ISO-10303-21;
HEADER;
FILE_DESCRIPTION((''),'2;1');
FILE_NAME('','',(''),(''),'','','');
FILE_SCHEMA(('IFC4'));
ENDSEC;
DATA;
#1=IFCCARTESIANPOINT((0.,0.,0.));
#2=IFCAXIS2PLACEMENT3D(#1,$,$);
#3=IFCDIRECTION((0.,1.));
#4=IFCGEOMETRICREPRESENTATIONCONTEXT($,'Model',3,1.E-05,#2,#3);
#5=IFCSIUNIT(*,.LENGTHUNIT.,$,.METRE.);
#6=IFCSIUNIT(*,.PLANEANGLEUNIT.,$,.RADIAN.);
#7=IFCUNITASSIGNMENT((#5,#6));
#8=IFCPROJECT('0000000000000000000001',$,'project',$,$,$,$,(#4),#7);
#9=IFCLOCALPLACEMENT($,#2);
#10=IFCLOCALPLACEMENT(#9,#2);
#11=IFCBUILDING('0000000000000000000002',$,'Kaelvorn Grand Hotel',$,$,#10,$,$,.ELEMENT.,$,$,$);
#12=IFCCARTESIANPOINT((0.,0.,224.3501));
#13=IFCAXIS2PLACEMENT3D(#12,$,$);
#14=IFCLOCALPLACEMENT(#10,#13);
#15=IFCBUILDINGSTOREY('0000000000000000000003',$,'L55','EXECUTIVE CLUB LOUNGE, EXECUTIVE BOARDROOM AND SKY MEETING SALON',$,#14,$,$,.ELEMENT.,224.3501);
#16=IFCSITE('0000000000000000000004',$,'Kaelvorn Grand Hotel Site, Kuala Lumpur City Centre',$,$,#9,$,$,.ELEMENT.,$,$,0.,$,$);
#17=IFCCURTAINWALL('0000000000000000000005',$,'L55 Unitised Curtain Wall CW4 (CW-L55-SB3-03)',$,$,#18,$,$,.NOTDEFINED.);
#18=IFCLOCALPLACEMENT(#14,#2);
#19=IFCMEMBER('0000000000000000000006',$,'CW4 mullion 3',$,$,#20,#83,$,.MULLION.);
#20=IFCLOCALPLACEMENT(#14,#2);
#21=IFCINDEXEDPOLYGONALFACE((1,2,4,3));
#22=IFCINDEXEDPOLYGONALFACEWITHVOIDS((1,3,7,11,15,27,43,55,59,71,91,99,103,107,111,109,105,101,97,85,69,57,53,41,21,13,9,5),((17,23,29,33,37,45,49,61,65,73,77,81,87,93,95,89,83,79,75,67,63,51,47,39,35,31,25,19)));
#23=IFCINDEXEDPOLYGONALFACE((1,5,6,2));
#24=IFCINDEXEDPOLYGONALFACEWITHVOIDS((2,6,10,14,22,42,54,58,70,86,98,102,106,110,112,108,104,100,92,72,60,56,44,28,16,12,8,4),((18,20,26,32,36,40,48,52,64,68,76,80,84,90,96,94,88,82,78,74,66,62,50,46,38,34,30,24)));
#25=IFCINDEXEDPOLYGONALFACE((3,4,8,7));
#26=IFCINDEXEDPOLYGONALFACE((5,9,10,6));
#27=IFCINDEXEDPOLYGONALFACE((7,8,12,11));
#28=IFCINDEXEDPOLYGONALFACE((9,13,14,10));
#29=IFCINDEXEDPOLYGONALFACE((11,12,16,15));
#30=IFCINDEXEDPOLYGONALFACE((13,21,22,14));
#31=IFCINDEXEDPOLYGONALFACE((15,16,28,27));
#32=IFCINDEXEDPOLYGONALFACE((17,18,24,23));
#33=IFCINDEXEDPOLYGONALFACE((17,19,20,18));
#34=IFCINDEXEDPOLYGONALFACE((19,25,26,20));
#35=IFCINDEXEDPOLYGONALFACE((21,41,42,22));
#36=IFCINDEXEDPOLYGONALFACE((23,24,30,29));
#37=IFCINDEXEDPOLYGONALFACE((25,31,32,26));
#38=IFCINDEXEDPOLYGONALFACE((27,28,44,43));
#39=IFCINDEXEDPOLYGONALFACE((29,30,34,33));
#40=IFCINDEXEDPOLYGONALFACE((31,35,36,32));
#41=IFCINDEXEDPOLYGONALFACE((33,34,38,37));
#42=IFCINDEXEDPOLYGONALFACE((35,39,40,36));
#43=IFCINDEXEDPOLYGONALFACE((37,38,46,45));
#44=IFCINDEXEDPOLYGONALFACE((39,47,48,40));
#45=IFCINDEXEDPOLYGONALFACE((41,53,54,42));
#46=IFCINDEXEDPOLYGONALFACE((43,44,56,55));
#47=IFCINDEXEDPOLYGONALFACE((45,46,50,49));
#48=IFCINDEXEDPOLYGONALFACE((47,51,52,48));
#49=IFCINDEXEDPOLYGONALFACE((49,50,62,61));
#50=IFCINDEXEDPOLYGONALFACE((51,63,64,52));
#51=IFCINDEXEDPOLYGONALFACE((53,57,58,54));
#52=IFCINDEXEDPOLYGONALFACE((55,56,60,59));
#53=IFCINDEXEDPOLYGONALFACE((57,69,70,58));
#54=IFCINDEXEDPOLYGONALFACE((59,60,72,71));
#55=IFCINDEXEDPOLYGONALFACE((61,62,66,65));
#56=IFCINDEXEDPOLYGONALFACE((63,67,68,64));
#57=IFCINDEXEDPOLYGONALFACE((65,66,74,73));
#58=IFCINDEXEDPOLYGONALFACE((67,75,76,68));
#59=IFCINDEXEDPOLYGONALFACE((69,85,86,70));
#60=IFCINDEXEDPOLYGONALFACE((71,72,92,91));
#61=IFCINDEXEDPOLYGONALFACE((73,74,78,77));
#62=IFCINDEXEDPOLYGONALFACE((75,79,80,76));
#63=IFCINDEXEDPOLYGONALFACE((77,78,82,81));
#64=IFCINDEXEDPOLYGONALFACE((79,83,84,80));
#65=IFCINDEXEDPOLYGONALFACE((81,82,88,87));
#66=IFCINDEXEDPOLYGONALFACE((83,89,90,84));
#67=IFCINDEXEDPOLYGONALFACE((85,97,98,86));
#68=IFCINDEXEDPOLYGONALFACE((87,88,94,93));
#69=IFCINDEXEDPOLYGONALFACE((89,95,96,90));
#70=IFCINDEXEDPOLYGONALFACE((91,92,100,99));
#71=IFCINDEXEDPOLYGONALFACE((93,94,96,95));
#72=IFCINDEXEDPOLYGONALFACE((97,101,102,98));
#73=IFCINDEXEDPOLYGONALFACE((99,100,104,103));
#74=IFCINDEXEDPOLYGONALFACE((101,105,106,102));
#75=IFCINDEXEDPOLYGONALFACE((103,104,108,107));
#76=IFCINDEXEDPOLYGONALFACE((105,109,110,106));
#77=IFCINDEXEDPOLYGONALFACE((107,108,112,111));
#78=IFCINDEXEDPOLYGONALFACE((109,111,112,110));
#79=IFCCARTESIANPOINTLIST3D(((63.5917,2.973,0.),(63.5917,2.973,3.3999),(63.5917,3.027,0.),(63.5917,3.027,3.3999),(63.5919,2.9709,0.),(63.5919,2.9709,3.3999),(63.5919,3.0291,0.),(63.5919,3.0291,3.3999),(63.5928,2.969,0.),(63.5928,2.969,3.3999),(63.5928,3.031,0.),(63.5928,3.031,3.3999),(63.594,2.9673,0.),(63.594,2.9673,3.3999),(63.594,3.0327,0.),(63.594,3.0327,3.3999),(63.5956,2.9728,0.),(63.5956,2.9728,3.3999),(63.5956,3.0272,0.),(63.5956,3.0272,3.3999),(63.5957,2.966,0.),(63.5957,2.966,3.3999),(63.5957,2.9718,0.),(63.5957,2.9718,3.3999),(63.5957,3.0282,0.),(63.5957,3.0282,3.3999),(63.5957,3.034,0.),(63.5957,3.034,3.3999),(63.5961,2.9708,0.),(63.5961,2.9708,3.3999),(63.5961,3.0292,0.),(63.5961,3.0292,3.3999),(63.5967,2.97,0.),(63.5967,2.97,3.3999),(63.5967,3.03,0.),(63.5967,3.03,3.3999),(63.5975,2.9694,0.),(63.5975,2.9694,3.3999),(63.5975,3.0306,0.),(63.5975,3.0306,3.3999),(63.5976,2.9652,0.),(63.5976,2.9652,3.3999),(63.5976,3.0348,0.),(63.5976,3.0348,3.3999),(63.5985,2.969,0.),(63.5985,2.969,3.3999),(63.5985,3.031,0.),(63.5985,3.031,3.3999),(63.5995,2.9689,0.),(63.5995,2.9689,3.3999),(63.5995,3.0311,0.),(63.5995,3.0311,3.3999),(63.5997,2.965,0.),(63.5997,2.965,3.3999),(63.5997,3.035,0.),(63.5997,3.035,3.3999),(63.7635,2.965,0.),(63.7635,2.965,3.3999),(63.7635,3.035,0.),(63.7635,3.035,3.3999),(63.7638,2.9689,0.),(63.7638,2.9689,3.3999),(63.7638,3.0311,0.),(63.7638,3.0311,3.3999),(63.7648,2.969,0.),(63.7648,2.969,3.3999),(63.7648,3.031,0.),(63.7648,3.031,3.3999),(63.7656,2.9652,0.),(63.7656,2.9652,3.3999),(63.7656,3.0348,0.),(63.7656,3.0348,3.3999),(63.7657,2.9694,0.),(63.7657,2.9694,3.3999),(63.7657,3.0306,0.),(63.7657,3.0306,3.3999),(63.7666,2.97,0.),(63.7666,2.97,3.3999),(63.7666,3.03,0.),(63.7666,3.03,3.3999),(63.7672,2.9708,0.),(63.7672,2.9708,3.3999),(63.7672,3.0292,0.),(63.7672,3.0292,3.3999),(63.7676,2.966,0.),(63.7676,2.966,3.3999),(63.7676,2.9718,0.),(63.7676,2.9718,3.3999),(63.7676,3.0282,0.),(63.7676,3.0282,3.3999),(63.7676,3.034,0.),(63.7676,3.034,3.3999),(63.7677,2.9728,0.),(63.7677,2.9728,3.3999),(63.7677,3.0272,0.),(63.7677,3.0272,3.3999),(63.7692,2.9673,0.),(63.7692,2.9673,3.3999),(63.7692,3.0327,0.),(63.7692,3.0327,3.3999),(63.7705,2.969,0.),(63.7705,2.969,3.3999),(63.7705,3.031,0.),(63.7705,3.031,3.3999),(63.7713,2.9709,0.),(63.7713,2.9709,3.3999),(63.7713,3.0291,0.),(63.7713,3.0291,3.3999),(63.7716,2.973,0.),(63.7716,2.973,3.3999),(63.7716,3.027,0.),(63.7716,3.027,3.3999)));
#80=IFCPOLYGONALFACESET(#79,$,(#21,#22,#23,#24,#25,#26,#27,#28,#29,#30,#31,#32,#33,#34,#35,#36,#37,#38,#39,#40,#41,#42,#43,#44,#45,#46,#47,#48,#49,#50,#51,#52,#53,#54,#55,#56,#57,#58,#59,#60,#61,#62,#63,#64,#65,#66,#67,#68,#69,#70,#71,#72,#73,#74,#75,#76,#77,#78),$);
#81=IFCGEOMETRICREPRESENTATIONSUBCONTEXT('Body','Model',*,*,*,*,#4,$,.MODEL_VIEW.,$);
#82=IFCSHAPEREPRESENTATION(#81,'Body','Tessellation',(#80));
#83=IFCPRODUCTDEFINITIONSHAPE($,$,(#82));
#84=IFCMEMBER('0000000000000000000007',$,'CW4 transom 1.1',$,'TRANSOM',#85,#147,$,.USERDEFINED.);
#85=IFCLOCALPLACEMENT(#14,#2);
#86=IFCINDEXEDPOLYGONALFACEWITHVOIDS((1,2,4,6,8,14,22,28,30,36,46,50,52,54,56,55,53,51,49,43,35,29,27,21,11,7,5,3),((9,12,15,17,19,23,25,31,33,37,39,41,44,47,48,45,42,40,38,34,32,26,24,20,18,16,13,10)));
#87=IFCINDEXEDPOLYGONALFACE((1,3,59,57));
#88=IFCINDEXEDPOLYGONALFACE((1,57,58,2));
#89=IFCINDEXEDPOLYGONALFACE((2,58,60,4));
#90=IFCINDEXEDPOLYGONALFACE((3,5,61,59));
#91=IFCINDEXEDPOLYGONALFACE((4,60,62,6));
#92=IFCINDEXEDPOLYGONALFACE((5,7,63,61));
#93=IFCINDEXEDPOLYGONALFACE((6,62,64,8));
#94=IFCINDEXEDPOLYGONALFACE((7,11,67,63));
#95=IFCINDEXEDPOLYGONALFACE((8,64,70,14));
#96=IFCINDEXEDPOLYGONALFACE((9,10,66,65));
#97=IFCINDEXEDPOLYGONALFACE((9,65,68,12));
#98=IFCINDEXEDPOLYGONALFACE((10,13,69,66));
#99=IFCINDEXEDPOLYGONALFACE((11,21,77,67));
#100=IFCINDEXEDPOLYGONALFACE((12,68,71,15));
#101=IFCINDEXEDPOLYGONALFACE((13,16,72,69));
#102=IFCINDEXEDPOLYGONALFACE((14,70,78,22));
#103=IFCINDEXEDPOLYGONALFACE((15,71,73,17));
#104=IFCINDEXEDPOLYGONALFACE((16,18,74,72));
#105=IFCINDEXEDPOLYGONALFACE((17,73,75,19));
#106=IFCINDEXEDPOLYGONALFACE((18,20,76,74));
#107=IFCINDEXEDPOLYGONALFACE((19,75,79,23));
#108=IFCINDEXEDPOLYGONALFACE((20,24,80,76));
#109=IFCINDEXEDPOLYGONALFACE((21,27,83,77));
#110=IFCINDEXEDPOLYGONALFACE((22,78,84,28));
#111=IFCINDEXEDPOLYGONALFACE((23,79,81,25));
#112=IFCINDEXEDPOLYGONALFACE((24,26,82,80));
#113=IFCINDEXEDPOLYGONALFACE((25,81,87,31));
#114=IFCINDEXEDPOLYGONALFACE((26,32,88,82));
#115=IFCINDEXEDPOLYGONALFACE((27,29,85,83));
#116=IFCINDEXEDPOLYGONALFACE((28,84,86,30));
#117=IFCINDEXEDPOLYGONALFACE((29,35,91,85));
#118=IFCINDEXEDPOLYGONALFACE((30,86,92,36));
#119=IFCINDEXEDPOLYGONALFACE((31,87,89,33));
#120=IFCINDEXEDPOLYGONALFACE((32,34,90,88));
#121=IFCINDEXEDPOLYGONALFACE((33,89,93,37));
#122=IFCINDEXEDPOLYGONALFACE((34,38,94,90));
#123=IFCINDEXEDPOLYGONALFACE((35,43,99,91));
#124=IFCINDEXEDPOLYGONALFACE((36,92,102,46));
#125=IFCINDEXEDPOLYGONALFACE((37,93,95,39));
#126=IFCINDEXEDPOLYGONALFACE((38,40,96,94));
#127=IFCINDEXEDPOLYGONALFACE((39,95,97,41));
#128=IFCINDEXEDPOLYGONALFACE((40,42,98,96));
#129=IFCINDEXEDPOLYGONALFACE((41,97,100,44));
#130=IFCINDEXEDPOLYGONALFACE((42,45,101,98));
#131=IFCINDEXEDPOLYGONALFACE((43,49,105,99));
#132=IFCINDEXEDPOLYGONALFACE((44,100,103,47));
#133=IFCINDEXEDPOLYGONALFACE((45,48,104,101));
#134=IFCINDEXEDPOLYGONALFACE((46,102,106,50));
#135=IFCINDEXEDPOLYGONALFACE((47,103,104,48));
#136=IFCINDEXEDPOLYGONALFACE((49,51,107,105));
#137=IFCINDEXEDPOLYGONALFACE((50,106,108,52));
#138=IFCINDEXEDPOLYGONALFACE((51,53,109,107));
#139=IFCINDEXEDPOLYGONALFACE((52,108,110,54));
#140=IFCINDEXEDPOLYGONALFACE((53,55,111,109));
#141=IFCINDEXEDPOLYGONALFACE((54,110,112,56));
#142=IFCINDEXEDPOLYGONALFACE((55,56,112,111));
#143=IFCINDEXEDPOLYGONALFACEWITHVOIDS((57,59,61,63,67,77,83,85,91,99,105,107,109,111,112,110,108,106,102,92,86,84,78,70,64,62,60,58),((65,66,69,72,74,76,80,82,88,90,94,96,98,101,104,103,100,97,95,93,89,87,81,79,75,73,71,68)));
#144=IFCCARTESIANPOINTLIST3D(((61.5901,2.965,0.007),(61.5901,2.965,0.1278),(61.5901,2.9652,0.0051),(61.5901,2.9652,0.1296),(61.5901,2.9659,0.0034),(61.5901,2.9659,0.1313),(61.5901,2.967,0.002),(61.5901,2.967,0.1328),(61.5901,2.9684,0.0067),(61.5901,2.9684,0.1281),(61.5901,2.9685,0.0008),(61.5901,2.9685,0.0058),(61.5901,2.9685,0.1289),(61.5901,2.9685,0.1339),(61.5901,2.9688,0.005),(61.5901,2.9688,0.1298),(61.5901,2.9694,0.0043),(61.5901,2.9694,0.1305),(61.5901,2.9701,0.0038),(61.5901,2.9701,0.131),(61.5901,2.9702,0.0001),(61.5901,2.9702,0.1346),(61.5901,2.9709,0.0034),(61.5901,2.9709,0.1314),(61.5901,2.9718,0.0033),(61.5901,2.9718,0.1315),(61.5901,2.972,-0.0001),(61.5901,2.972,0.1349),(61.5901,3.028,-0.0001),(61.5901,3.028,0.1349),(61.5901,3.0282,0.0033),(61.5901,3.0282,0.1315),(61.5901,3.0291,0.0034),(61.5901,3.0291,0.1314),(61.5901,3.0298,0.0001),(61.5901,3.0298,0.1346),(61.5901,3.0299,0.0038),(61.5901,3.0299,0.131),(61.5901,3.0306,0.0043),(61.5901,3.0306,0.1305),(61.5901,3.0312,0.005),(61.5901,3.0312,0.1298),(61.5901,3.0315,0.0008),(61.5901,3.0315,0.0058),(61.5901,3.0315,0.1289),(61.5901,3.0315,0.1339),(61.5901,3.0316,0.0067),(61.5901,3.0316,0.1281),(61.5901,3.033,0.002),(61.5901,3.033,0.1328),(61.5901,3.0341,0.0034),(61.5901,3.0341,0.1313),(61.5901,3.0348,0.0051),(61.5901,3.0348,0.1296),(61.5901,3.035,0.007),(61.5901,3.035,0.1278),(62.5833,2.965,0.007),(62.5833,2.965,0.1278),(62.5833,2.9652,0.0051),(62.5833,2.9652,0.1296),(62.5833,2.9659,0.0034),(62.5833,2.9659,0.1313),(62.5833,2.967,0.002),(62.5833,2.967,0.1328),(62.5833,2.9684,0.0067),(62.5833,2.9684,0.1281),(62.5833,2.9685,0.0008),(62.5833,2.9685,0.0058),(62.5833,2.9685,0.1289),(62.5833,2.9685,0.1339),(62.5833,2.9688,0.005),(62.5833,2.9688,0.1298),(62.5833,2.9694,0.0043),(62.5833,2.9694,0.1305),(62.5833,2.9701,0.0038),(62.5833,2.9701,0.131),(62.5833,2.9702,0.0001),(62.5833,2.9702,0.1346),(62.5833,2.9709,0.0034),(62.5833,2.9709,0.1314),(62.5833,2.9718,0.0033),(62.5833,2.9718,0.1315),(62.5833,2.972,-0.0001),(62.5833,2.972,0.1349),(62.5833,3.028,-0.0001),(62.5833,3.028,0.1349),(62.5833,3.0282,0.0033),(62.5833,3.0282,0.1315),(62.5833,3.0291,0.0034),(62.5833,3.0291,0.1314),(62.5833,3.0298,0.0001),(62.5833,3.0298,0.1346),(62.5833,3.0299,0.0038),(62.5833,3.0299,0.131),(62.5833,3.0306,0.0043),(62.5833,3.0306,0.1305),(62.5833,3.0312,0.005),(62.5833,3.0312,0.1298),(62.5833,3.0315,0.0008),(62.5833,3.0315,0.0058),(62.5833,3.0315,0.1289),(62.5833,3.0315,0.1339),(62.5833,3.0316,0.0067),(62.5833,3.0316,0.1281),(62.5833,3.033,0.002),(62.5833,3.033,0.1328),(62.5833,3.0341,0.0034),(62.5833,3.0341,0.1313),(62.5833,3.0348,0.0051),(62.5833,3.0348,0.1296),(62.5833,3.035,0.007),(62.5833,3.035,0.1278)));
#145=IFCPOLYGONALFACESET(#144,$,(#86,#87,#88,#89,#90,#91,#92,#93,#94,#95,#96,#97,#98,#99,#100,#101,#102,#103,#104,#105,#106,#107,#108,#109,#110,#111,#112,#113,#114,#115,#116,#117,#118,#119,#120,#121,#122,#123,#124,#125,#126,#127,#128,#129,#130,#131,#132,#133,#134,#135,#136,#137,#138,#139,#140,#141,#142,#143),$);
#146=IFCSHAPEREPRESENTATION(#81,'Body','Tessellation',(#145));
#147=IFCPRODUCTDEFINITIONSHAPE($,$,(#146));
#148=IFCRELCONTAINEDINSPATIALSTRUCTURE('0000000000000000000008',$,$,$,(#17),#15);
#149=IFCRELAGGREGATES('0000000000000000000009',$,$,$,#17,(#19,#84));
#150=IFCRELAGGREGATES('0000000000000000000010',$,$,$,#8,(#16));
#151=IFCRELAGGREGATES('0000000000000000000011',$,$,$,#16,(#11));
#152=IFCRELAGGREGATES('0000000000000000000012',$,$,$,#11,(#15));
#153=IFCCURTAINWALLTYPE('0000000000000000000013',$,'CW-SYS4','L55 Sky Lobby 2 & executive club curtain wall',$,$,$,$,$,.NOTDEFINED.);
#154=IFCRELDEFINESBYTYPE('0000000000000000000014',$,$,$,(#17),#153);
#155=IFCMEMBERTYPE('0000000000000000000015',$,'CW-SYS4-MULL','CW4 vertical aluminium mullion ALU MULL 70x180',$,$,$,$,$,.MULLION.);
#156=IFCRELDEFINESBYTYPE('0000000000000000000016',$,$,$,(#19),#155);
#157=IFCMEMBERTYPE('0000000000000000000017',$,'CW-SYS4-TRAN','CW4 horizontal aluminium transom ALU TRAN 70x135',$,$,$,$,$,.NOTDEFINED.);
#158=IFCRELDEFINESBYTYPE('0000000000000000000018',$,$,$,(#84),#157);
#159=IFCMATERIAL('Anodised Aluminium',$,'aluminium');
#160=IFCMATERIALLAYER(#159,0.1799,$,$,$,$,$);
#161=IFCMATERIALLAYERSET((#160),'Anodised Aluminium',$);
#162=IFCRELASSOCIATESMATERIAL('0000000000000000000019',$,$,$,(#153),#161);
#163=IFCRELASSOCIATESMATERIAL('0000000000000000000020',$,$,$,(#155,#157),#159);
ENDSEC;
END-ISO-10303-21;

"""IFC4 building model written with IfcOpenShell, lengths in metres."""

from ifc_helpers import new_model, si_unit, direction, frame, origin, origin_2d, place, context, subcontext, project, spatial, hollow_rectangle, extrude, material, layer, layer_set, material_profile, profile_set, type_object, element, aggregate, save


model = new_model("IFC4")

# Units and contexts
model_context = context("Model", 3, precision=1e-05, world=origin(), true_north=direction((0.0, 1.0)))
body_context = subcontext(model_context, "Body", "Model", "MODEL_VIEW")
ifc_project = project(units=[si_unit("LENGTHUNIT", "METRE"), si_unit("PLANEANGLEUNIT", "RADIAN")], contexts=[model_context])

# Site, building, storey
site_placement = place(None, origin())
site = spatial("IfcSite", under=ifc_project, at=site_placement, Name="Kaelvorn Grand Hotel Site, Kuala Lumpur City Centre", CompositionType="ELEMENT", RefElevation=0.0)
building_placement = place(site_placement, origin())
building = spatial("IfcBuilding", under=site, at=building_placement, Name="Kaelvorn Grand Hotel", CompositionType="ELEMENT")
storey_placement = place(building_placement, frame((0.0, 0.0, 224.3501)))
storey = spatial("IfcBuildingStorey", under=building, at=storey_placement, Name="L55", Description="EXECUTIVE CLUB LOUNGE, EXECUTIVE BOARDROOM AND SKY MEETING SALON", CompositionType="ELEMENT", Elevation=224.3501)

# Shared definitions
ifc_material_1 = material(Name="Anodised Aluminium", Category="aluminium")
ifc_layer_1 = layer(ifc_material_1, 0.1799)
ifc_layer_set_1 = layer_set([ifc_layer_1], Name="Anodised Aluminium")
curtain_wall_type = type_object("IfcCurtainWallType", Name="CW-SYS4", Description="L55 Sky Lobby 2 & executive club curtain wall", PredefinedType="NOTDEFINED", material=ifc_layer_set_1)
ifc_material_profile_1 = material_profile(ifc_material_1, hollow_rectangle(XDim=0.0701, YDim=0.1799, WallThickness=0.0039, InnerFilletRadius=0.0039, OuterFilletRadius=0.0081, at=origin_2d()), Name="ALU MULL 70x180")
ifc_profile_set_1 = profile_set([ifc_material_profile_1], Name="Anodised Aluminium")
member_type_1 = type_object("IfcMemberType", Name="CW-SYS4-MULL", Description="CW4 vertical aluminium mullion ALU MULL 70x180", PredefinedType="MULLION", material=ifc_profile_set_1)

# Curtain wall, members
curtain_wall_1_placement = place(storey_placement, origin())
curtain_wall_1 = element("IfcCurtainWall", 1, at=curtain_wall_1_placement, inside=storey, type_object=curtain_wall_type, Name="L55 Unitised Curtain Wall CW4 (CW-L55-SB3-03)", PredefinedType="NOTDEFINED")
member_1_placement = place(storey_placement, frame((63.6816, 3.0, 0.0), z_axis=(0.0, 0.0, 1.0), x_axis=(0.0, 1.0, 0.0)))
member_1 = element("IfcMember", 2, at=member_1_placement, type_object=member_type_1, Name="CW4 mullion 3", PredefinedType="MULLION", context=body_context, shape_type="SweptSolid", body=[
    extrude(hollow_rectangle(XDim=0.0701, YDim=0.1799, WallThickness=0.0039, InnerFilletRadius=0.0039, OuterFilletRadius=0.0081, at=origin_2d()), origin(), (0.0, 0.0, 1.0), 3.3999),
])
ifc_material_profile_2 = material_profile(ifc_material_1, hollow_rectangle(XDim=0.0701, YDim=0.135, WallThickness=0.0034, InnerFilletRadius=0.0034, OuterFilletRadius=0.0071, at=origin_2d()), Name="ALU TRAN 70x135")
ifc_profile_set_2 = profile_set([ifc_material_profile_2], Name="Anodised Aluminium")
member_type_2 = type_object("IfcMemberType", Name="CW-SYS4-TRAN", Description="CW4 horizontal aluminium transom ALU TRAN 70x135", PredefinedType="NOTDEFINED", material=ifc_profile_set_2)
member_2_placement = place(storey_placement, frame((61.5901, 3.0, 0.0674), z_axis=(1.0, 0.0, 0.0), x_axis=(0.0, 1.0, 0.0)))
member_2 = element("IfcMember", 3, at=member_2_placement, type_object=member_type_2, Name="CW4 transom 1.1", ObjectType="TRANSOM", PredefinedType="USERDEFINED", context=body_context, shape_type="SweptSolid", body=[
    extrude(hollow_rectangle(XDim=0.0701, YDim=0.135, WallThickness=0.0034, InnerFilletRadius=0.0034, OuterFilletRadius=0.0071, at=origin_2d()), origin(), (0.0, 0.0, 1.0), 0.9932),
])

aggregate(curtain_wall_1, [member_1, member_2])

save(model, "model.ifc")
